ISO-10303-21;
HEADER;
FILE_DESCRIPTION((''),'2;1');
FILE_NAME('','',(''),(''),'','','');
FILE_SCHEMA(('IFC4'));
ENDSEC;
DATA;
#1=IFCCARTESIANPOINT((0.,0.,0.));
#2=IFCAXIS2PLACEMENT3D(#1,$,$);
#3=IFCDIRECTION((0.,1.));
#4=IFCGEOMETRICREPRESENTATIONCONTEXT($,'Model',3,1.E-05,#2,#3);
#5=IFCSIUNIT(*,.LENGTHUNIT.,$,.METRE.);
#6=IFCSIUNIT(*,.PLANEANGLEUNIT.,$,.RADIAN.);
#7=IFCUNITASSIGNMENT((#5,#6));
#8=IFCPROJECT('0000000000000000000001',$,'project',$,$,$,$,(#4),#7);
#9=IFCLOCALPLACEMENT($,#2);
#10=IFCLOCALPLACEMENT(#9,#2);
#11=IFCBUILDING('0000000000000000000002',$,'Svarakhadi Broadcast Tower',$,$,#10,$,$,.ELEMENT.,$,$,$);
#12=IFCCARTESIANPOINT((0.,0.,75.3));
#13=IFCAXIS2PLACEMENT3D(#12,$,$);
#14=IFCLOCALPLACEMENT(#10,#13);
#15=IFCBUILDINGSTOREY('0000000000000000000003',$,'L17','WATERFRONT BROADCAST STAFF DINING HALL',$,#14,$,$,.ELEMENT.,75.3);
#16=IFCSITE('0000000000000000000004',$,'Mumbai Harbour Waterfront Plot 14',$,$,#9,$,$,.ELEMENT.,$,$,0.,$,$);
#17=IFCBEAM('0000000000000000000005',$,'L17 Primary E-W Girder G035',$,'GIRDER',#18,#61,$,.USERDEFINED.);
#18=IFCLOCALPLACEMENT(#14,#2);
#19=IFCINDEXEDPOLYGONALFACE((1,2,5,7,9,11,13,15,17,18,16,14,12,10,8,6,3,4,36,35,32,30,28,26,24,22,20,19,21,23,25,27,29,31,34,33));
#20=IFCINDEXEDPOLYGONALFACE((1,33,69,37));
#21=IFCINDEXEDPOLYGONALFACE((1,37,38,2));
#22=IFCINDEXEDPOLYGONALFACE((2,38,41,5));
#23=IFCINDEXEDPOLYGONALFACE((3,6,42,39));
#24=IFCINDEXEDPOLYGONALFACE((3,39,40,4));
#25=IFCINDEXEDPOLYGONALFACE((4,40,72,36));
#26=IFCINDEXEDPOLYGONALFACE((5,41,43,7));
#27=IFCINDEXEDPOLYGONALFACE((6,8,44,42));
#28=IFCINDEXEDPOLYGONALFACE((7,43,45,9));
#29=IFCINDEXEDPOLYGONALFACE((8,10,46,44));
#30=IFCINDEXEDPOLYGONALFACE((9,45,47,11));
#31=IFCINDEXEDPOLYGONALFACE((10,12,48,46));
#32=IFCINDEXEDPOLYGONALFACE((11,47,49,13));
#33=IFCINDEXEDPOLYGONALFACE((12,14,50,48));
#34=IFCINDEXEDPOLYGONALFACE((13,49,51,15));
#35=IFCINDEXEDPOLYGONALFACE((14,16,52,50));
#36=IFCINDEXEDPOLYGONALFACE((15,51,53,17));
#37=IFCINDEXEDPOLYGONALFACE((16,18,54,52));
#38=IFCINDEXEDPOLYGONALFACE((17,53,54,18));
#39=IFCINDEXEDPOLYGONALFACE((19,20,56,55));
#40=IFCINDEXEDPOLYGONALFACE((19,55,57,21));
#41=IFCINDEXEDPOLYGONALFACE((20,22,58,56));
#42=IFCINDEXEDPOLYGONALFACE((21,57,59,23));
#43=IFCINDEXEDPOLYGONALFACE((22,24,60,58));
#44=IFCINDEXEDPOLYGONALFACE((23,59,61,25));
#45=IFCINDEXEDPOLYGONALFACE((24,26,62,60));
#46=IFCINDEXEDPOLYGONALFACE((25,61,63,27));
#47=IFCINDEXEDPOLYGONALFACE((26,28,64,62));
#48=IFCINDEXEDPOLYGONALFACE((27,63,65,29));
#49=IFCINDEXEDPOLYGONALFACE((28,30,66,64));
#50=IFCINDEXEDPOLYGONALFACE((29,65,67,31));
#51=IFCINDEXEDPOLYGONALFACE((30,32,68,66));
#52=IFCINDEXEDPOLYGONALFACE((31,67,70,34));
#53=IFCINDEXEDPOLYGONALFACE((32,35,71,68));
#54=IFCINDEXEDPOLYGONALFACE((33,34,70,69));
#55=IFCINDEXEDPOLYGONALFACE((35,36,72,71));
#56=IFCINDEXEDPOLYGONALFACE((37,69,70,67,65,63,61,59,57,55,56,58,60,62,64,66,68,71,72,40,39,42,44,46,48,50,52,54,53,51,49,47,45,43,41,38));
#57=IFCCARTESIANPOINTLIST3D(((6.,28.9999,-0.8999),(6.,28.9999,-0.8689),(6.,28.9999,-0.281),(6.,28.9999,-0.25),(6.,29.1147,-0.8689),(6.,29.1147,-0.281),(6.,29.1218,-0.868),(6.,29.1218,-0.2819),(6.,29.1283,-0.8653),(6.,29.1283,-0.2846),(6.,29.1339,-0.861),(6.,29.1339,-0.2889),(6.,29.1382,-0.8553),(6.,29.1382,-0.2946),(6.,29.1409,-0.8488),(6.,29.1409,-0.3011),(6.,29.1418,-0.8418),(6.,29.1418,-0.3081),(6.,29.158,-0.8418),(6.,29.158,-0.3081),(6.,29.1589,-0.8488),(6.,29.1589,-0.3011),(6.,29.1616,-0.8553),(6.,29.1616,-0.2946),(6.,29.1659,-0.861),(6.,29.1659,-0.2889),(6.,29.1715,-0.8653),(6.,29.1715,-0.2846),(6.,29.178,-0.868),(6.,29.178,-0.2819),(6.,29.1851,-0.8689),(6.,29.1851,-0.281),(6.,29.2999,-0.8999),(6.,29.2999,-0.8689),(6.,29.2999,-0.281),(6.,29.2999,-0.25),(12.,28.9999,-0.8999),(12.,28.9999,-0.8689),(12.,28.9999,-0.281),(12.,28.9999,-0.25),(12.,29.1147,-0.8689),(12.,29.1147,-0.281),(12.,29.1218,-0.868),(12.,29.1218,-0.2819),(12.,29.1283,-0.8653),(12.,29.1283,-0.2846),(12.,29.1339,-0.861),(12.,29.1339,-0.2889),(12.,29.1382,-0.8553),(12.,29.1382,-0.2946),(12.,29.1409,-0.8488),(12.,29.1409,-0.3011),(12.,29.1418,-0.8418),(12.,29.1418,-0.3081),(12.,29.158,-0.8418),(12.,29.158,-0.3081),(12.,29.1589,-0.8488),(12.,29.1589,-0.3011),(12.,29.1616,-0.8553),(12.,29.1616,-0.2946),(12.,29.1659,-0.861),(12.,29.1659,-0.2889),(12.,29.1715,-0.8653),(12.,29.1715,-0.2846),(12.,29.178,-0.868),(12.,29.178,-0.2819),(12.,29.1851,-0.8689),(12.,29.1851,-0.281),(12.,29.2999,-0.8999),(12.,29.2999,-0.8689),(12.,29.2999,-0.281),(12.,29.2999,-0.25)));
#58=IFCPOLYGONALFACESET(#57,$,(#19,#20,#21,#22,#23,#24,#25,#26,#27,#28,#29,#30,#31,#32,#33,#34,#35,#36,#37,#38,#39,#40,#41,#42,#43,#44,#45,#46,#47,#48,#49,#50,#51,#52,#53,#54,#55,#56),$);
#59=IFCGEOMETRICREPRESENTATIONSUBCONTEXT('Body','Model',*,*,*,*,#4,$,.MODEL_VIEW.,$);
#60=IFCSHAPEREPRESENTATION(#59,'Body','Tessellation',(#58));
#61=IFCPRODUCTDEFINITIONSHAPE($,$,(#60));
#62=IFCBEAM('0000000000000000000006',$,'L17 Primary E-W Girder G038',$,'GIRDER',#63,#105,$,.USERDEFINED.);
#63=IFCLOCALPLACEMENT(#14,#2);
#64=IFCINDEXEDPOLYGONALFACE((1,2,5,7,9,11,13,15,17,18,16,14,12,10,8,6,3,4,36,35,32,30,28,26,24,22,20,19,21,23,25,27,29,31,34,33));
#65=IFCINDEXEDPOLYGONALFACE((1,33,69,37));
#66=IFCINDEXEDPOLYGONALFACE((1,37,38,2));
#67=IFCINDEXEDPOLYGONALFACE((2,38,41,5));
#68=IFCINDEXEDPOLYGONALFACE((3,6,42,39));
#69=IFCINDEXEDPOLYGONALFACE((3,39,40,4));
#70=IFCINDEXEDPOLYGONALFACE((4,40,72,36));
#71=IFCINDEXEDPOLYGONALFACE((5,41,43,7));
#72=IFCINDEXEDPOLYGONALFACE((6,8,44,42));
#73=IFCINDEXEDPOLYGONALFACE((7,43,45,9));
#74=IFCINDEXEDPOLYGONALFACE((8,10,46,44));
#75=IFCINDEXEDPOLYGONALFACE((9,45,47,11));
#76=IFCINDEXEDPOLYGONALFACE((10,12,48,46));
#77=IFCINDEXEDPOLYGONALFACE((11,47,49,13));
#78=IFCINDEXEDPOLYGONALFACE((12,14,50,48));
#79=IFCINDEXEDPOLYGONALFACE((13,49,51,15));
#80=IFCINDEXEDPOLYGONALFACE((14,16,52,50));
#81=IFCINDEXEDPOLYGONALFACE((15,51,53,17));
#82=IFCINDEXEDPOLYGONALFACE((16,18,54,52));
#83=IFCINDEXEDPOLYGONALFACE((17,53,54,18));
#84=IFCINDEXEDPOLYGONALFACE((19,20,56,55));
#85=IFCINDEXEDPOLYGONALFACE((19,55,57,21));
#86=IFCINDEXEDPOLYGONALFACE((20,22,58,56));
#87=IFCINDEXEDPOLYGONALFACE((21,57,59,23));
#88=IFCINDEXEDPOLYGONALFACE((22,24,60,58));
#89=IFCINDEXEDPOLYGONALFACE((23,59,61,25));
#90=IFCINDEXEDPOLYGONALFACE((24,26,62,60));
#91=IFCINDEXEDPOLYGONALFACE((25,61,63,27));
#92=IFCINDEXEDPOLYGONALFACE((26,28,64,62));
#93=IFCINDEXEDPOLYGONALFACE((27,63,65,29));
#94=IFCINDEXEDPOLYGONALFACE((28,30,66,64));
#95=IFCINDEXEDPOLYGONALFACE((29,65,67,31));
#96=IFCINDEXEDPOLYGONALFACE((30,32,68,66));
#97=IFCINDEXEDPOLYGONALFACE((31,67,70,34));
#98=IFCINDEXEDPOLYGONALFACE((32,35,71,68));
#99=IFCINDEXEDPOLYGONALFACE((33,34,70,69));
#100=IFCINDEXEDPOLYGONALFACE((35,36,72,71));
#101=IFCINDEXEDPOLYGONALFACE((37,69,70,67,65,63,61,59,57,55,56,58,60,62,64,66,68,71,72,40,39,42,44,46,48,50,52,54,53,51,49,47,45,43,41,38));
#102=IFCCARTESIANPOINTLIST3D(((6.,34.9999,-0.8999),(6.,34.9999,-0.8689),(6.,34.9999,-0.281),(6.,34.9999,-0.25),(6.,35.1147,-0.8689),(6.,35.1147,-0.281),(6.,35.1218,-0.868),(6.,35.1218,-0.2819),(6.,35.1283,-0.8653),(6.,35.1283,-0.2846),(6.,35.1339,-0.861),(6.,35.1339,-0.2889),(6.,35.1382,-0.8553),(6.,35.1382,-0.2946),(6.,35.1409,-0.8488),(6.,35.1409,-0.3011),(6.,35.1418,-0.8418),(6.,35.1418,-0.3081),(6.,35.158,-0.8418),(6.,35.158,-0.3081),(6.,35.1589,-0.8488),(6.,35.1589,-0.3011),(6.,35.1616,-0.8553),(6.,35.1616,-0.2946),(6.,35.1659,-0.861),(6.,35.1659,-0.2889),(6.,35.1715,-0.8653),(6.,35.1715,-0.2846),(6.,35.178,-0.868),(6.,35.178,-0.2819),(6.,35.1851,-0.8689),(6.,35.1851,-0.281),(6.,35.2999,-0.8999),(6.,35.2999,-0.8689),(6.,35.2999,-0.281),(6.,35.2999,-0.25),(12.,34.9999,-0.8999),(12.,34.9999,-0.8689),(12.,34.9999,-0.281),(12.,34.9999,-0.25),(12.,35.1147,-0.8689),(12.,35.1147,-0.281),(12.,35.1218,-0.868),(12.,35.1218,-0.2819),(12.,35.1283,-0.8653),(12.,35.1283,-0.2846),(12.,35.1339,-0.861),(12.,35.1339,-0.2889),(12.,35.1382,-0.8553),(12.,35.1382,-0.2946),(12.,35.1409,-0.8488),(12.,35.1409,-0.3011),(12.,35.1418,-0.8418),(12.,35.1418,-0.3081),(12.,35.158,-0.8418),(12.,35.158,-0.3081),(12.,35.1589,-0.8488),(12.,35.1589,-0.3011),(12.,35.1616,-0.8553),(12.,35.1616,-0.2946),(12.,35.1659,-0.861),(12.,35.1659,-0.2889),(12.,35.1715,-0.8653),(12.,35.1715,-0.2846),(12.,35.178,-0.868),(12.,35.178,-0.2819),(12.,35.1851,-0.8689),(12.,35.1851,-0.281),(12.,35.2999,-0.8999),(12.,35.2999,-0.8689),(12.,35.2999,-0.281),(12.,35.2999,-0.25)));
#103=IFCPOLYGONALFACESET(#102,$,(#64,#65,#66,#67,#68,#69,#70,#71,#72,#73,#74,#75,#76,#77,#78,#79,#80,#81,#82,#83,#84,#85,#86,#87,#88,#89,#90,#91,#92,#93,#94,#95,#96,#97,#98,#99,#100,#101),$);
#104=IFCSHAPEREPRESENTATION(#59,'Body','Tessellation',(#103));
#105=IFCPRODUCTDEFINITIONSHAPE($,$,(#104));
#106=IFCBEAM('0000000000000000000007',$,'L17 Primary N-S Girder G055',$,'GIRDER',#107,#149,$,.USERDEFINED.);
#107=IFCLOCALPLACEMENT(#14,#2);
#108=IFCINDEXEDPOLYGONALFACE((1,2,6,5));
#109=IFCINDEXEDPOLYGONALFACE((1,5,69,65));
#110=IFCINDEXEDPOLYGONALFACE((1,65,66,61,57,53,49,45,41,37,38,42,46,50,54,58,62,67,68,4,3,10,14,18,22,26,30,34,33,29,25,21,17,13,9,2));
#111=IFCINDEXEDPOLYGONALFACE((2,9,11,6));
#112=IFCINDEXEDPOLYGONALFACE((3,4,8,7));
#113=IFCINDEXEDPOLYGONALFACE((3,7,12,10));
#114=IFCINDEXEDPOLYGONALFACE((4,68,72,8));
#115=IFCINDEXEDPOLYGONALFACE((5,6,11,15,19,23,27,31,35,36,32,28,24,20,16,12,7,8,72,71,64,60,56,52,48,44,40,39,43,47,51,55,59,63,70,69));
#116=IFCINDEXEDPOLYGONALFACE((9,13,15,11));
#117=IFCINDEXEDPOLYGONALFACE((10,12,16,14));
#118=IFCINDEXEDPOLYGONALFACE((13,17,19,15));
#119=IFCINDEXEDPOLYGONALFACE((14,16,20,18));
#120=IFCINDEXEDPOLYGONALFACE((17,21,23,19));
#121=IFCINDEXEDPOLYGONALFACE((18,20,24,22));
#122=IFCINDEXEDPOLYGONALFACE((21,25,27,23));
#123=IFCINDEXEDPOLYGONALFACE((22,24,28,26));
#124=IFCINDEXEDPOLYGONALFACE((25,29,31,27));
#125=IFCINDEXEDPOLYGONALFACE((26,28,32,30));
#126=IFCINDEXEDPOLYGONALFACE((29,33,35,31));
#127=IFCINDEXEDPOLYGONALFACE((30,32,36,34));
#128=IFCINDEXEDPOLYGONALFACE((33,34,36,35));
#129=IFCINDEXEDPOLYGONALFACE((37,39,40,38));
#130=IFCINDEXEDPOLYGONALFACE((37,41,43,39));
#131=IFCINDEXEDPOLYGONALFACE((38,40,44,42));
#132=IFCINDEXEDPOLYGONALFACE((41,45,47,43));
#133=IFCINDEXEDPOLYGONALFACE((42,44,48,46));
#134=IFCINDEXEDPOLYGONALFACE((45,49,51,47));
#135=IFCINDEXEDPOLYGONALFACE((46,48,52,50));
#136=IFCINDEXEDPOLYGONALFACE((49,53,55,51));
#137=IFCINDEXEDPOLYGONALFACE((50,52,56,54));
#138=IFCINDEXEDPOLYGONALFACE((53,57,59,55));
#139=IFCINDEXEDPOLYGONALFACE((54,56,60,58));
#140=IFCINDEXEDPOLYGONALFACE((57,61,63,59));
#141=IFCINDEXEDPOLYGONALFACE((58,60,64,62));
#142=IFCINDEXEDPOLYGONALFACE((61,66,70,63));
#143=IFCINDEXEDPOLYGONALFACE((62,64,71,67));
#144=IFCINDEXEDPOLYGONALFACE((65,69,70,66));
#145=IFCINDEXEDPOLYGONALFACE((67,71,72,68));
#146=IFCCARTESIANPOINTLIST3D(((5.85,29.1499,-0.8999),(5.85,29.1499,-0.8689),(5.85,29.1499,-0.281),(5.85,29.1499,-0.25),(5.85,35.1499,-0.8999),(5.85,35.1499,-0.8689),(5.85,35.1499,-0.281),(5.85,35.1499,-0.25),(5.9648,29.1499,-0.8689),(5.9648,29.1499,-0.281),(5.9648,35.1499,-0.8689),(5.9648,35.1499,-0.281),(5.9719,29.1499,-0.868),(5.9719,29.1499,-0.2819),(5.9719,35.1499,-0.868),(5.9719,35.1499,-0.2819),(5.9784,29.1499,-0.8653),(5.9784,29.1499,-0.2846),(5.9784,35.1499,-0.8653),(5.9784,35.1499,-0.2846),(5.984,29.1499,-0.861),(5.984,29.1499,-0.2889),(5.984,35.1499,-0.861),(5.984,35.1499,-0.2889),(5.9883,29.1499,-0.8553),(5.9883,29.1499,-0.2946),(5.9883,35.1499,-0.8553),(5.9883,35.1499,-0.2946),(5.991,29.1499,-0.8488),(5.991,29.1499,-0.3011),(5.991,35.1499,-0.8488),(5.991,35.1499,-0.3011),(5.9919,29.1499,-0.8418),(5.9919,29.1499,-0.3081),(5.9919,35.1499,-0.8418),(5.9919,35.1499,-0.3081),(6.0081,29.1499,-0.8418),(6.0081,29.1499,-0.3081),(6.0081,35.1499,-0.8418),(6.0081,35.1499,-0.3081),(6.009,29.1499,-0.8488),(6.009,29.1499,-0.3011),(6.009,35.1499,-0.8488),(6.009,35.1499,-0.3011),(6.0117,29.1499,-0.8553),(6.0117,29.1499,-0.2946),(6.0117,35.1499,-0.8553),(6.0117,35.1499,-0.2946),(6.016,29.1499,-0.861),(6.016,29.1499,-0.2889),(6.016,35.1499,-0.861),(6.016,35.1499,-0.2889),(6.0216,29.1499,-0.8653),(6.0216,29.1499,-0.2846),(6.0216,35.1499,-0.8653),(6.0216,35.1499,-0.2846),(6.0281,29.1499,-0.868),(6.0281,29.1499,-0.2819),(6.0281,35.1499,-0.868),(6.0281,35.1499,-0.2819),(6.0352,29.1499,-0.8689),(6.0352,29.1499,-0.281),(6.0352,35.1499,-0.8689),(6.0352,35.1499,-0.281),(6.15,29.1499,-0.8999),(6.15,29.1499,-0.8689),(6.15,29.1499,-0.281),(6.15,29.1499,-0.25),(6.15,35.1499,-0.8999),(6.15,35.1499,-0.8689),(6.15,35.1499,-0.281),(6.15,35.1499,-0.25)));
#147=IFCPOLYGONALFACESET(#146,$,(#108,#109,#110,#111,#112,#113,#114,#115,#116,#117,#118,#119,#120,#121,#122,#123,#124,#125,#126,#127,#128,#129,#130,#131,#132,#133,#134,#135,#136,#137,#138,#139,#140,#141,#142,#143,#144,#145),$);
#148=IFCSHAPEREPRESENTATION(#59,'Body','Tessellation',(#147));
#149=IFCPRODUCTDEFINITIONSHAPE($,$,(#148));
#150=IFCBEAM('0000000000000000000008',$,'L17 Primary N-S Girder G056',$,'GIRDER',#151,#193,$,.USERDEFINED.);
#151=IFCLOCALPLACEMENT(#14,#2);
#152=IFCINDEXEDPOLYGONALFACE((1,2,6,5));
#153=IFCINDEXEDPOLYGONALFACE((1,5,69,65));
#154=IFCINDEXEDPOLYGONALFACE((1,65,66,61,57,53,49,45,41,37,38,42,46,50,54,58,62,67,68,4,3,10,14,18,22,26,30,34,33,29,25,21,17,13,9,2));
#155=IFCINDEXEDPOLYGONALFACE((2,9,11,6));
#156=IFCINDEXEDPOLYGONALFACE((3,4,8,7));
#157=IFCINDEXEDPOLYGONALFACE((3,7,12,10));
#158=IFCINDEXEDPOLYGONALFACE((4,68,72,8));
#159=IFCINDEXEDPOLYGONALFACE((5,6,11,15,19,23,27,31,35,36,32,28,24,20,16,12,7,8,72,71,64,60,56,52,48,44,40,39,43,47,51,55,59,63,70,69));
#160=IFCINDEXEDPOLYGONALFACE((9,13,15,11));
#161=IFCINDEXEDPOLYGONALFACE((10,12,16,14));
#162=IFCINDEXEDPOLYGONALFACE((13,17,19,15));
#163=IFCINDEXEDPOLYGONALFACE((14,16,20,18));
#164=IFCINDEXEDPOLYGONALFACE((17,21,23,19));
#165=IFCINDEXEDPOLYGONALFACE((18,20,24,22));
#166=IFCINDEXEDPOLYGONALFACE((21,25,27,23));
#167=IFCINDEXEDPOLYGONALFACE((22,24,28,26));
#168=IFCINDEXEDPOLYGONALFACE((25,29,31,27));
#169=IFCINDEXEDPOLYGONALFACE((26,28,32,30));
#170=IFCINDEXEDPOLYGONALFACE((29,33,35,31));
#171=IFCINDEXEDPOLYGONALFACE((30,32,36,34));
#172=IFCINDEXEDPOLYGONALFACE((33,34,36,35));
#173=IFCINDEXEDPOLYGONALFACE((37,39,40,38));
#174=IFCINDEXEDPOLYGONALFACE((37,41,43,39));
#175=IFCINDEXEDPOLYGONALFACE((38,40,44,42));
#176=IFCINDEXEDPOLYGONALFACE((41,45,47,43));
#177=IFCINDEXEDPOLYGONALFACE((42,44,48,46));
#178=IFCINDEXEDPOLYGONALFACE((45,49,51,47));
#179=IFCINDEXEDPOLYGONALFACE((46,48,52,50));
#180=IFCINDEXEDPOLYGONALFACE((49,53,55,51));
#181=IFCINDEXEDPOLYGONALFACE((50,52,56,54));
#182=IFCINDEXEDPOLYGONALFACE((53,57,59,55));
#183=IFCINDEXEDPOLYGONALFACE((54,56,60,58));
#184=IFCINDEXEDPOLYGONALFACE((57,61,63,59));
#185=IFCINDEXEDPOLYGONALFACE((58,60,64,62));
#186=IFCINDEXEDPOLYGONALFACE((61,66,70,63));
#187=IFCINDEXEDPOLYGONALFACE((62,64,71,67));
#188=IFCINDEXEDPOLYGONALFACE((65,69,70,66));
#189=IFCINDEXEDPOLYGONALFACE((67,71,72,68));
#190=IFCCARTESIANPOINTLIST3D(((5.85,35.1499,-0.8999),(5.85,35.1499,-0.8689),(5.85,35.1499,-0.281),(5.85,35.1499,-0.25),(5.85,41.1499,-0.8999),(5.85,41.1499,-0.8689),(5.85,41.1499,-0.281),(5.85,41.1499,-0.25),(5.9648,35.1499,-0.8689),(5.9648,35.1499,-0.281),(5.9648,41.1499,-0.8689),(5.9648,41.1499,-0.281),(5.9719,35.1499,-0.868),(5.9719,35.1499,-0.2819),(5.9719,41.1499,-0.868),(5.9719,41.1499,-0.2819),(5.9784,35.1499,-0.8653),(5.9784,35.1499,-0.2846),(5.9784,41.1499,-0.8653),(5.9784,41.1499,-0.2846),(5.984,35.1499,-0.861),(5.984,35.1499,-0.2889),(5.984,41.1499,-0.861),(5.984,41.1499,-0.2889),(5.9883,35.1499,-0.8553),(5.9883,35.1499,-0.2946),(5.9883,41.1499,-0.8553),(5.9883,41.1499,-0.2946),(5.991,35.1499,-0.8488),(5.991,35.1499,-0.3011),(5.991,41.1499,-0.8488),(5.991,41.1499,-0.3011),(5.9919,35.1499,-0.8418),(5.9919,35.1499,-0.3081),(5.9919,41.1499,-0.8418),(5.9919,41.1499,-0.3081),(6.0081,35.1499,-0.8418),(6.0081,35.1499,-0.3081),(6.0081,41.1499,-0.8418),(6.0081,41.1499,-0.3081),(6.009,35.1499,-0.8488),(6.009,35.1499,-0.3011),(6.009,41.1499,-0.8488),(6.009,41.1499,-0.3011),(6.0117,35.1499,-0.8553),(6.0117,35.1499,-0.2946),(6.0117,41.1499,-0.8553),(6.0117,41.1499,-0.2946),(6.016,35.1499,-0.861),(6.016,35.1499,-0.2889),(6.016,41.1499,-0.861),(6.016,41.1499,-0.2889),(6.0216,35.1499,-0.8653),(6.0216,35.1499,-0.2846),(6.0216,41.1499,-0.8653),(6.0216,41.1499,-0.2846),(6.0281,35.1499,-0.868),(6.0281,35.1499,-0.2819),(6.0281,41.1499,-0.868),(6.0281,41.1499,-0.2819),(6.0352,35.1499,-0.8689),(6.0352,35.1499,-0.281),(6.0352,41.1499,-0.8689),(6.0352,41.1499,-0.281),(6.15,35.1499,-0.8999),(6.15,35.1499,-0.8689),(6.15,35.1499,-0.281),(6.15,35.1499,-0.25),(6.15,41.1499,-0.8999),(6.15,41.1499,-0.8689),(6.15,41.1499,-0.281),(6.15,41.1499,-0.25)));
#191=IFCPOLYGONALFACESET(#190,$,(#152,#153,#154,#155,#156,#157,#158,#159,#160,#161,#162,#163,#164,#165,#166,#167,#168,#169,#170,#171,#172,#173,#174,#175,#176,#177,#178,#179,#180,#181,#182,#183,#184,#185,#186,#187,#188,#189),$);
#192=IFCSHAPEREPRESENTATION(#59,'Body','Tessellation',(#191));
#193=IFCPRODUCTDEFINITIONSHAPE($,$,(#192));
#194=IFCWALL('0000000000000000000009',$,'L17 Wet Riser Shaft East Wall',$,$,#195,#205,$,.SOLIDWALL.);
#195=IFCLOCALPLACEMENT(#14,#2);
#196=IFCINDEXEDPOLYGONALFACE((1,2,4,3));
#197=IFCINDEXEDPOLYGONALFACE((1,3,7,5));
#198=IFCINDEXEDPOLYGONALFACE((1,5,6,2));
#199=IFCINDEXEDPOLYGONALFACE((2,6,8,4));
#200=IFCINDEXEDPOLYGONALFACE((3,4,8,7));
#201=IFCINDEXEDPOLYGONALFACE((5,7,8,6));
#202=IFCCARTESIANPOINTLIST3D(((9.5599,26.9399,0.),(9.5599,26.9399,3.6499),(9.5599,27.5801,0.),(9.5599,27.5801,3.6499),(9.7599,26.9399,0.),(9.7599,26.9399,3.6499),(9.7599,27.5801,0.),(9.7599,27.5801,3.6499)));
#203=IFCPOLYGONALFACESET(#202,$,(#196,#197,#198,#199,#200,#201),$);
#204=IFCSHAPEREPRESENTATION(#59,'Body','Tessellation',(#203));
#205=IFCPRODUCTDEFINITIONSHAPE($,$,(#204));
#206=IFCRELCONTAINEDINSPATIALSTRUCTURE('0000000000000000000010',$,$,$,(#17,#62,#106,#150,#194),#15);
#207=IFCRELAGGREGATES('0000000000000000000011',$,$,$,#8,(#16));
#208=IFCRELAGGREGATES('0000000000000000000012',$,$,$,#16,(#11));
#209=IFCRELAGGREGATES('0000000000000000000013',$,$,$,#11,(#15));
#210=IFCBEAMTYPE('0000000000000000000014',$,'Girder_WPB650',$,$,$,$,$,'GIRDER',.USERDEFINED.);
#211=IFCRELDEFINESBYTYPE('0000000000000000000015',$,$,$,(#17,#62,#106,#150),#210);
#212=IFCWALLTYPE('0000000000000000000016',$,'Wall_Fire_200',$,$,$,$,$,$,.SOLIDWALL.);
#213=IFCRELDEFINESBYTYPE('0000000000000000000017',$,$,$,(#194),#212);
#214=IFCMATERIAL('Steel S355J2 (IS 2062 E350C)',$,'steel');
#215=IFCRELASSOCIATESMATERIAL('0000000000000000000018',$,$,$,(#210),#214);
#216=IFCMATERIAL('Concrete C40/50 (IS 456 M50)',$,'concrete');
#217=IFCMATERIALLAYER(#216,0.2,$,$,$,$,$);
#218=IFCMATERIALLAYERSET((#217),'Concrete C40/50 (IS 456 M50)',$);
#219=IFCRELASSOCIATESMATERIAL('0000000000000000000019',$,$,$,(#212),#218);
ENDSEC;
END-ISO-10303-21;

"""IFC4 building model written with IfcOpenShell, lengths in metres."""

from ifc_helpers import new_model, si_unit, direction, frame, frame_2d, origin, origin_2d, place, context, subcontext, project, spatial, rectangle, i_section, extrude, material, layer, layer_set, material_profile, profile_set, type_object, element, save


model = new_model("IFC4")

# Units and contexts
model_context = context("Model", 3, precision=1e-05, world=origin(), true_north=direction((0.0, 1.0)))
body_context = subcontext(model_context, "Body", "Model", "MODEL_VIEW")
ifc_project = project(units=[si_unit("LENGTHUNIT", "METRE"), si_unit("PLANEANGLEUNIT", "RADIAN")], contexts=[model_context])

# Site, building, storey
site_placement = place(None, origin())
site = spatial("IfcSite", under=ifc_project, at=site_placement, Name="Mumbai Harbour Waterfront Plot 14", CompositionType="ELEMENT", RefElevation=0.0)
building_placement = place(site_placement, origin())
building = spatial("IfcBuilding", under=site, at=building_placement, Name="Svarakhadi Broadcast Tower", CompositionType="ELEMENT")
storey_placement = place(building_placement, frame((0.0, 0.0, 75.3)))
storey = spatial("IfcBuildingStorey", under=building, at=storey_placement, Name="L17", Description="WATERFRONT BROADCAST STAFF DINING HALL", CompositionType="ELEMENT", Elevation=75.3)

# Beams
ifc_material_1 = material(Name="Steel S355J2 (IS 2062 E350C)", Category="steel")
ifc_material_profile_1 = material_profile(ifc_material_1, i_section(OverallWidth=0.3, OverallDepth=0.6499, WebThickness=0.0161, FlangeThickness=0.031, FilletRadius=0.0271, at=origin_2d()), Name="WPB 650x300x225")
ifc_profile_set_1 = profile_set([ifc_material_profile_1], Name="Steel S355J2 (IS 2062 E350C)")
beam_type_1 = type_object("IfcBeamType", Name="Girder_WPB650", ElementType="GIRDER", PredefinedType="USERDEFINED", material=ifc_profile_set_1)
for number, where, z_axis, x_axis, name in (
    (1, (6.0, 29.1499, -0.575), (1.0, 0.0, 0.0), (0.0, 1.0, 0.0), "L17 Primary E-W Girder G035"),
    (2, (6.0, 35.1499, -0.575), (1.0, 0.0, 0.0), (0.0, 1.0, 0.0), "L17 Primary E-W Girder G038"),
    (3, (6.0, 29.1499, -0.575), (0.0, 1.0, 0.0), (-1.0, 0.0, 0.0), "L17 Primary N-S Girder G055"),
    (4, (6.0, 35.1499, -0.575), (0.0, 1.0, 0.0), (-1.0, 0.0, 0.0), "L17 Primary N-S Girder G056"),
):
    element("IfcBeam", number, at=place(storey_placement, frame(where, z_axis=z_axis, x_axis=x_axis)), inside=storey, type_object=beam_type_1, Name=name, ObjectType="GIRDER", PredefinedType="USERDEFINED", context=body_context, shape_type="SweptSolid", body=[
        extrude(i_section(OverallWidth=0.3, OverallDepth=0.6499, WebThickness=0.0161, FlangeThickness=0.031, FilletRadius=0.0271, at=origin_2d()), origin(), (0.0, 0.0, 1.0), 6.0),
    ])

# Wall
ifc_material_2 = material(Name="Concrete C40/50 (IS 456 M50)", Category="concrete")
ifc_layer_1 = layer(ifc_material_2, 0.2)
ifc_layer_set_1 = layer_set([ifc_layer_1], Name="Concrete C40/50 (IS 456 M50)")
wall_type_1 = type_object("IfcWallType", Name="Wall_Fire_200", PredefinedType="SOLIDWALL", material=ifc_layer_set_1)
wall_1_placement = place(storey_placement, frame((9.6599, 26.9399, 0.0), z_axis=(0.0, 0.0, 1.0), x_axis=(0.0, 1.0, 0.0)))
element("IfcWall", 5, at=wall_1_placement, inside=storey, type_object=wall_type_1, Name="L17 Wet Riser Shaft East Wall", PredefinedType="SOLIDWALL", context=body_context, shape_type="SweptSolid", body=[
    extrude(rectangle(XDim=0.6401, YDim=0.2, at=frame_2d((0.3201, 0.0))), origin(), (0.0, 0.0, 1.0), 3.6499),
])

save(model, "model.ifc")
